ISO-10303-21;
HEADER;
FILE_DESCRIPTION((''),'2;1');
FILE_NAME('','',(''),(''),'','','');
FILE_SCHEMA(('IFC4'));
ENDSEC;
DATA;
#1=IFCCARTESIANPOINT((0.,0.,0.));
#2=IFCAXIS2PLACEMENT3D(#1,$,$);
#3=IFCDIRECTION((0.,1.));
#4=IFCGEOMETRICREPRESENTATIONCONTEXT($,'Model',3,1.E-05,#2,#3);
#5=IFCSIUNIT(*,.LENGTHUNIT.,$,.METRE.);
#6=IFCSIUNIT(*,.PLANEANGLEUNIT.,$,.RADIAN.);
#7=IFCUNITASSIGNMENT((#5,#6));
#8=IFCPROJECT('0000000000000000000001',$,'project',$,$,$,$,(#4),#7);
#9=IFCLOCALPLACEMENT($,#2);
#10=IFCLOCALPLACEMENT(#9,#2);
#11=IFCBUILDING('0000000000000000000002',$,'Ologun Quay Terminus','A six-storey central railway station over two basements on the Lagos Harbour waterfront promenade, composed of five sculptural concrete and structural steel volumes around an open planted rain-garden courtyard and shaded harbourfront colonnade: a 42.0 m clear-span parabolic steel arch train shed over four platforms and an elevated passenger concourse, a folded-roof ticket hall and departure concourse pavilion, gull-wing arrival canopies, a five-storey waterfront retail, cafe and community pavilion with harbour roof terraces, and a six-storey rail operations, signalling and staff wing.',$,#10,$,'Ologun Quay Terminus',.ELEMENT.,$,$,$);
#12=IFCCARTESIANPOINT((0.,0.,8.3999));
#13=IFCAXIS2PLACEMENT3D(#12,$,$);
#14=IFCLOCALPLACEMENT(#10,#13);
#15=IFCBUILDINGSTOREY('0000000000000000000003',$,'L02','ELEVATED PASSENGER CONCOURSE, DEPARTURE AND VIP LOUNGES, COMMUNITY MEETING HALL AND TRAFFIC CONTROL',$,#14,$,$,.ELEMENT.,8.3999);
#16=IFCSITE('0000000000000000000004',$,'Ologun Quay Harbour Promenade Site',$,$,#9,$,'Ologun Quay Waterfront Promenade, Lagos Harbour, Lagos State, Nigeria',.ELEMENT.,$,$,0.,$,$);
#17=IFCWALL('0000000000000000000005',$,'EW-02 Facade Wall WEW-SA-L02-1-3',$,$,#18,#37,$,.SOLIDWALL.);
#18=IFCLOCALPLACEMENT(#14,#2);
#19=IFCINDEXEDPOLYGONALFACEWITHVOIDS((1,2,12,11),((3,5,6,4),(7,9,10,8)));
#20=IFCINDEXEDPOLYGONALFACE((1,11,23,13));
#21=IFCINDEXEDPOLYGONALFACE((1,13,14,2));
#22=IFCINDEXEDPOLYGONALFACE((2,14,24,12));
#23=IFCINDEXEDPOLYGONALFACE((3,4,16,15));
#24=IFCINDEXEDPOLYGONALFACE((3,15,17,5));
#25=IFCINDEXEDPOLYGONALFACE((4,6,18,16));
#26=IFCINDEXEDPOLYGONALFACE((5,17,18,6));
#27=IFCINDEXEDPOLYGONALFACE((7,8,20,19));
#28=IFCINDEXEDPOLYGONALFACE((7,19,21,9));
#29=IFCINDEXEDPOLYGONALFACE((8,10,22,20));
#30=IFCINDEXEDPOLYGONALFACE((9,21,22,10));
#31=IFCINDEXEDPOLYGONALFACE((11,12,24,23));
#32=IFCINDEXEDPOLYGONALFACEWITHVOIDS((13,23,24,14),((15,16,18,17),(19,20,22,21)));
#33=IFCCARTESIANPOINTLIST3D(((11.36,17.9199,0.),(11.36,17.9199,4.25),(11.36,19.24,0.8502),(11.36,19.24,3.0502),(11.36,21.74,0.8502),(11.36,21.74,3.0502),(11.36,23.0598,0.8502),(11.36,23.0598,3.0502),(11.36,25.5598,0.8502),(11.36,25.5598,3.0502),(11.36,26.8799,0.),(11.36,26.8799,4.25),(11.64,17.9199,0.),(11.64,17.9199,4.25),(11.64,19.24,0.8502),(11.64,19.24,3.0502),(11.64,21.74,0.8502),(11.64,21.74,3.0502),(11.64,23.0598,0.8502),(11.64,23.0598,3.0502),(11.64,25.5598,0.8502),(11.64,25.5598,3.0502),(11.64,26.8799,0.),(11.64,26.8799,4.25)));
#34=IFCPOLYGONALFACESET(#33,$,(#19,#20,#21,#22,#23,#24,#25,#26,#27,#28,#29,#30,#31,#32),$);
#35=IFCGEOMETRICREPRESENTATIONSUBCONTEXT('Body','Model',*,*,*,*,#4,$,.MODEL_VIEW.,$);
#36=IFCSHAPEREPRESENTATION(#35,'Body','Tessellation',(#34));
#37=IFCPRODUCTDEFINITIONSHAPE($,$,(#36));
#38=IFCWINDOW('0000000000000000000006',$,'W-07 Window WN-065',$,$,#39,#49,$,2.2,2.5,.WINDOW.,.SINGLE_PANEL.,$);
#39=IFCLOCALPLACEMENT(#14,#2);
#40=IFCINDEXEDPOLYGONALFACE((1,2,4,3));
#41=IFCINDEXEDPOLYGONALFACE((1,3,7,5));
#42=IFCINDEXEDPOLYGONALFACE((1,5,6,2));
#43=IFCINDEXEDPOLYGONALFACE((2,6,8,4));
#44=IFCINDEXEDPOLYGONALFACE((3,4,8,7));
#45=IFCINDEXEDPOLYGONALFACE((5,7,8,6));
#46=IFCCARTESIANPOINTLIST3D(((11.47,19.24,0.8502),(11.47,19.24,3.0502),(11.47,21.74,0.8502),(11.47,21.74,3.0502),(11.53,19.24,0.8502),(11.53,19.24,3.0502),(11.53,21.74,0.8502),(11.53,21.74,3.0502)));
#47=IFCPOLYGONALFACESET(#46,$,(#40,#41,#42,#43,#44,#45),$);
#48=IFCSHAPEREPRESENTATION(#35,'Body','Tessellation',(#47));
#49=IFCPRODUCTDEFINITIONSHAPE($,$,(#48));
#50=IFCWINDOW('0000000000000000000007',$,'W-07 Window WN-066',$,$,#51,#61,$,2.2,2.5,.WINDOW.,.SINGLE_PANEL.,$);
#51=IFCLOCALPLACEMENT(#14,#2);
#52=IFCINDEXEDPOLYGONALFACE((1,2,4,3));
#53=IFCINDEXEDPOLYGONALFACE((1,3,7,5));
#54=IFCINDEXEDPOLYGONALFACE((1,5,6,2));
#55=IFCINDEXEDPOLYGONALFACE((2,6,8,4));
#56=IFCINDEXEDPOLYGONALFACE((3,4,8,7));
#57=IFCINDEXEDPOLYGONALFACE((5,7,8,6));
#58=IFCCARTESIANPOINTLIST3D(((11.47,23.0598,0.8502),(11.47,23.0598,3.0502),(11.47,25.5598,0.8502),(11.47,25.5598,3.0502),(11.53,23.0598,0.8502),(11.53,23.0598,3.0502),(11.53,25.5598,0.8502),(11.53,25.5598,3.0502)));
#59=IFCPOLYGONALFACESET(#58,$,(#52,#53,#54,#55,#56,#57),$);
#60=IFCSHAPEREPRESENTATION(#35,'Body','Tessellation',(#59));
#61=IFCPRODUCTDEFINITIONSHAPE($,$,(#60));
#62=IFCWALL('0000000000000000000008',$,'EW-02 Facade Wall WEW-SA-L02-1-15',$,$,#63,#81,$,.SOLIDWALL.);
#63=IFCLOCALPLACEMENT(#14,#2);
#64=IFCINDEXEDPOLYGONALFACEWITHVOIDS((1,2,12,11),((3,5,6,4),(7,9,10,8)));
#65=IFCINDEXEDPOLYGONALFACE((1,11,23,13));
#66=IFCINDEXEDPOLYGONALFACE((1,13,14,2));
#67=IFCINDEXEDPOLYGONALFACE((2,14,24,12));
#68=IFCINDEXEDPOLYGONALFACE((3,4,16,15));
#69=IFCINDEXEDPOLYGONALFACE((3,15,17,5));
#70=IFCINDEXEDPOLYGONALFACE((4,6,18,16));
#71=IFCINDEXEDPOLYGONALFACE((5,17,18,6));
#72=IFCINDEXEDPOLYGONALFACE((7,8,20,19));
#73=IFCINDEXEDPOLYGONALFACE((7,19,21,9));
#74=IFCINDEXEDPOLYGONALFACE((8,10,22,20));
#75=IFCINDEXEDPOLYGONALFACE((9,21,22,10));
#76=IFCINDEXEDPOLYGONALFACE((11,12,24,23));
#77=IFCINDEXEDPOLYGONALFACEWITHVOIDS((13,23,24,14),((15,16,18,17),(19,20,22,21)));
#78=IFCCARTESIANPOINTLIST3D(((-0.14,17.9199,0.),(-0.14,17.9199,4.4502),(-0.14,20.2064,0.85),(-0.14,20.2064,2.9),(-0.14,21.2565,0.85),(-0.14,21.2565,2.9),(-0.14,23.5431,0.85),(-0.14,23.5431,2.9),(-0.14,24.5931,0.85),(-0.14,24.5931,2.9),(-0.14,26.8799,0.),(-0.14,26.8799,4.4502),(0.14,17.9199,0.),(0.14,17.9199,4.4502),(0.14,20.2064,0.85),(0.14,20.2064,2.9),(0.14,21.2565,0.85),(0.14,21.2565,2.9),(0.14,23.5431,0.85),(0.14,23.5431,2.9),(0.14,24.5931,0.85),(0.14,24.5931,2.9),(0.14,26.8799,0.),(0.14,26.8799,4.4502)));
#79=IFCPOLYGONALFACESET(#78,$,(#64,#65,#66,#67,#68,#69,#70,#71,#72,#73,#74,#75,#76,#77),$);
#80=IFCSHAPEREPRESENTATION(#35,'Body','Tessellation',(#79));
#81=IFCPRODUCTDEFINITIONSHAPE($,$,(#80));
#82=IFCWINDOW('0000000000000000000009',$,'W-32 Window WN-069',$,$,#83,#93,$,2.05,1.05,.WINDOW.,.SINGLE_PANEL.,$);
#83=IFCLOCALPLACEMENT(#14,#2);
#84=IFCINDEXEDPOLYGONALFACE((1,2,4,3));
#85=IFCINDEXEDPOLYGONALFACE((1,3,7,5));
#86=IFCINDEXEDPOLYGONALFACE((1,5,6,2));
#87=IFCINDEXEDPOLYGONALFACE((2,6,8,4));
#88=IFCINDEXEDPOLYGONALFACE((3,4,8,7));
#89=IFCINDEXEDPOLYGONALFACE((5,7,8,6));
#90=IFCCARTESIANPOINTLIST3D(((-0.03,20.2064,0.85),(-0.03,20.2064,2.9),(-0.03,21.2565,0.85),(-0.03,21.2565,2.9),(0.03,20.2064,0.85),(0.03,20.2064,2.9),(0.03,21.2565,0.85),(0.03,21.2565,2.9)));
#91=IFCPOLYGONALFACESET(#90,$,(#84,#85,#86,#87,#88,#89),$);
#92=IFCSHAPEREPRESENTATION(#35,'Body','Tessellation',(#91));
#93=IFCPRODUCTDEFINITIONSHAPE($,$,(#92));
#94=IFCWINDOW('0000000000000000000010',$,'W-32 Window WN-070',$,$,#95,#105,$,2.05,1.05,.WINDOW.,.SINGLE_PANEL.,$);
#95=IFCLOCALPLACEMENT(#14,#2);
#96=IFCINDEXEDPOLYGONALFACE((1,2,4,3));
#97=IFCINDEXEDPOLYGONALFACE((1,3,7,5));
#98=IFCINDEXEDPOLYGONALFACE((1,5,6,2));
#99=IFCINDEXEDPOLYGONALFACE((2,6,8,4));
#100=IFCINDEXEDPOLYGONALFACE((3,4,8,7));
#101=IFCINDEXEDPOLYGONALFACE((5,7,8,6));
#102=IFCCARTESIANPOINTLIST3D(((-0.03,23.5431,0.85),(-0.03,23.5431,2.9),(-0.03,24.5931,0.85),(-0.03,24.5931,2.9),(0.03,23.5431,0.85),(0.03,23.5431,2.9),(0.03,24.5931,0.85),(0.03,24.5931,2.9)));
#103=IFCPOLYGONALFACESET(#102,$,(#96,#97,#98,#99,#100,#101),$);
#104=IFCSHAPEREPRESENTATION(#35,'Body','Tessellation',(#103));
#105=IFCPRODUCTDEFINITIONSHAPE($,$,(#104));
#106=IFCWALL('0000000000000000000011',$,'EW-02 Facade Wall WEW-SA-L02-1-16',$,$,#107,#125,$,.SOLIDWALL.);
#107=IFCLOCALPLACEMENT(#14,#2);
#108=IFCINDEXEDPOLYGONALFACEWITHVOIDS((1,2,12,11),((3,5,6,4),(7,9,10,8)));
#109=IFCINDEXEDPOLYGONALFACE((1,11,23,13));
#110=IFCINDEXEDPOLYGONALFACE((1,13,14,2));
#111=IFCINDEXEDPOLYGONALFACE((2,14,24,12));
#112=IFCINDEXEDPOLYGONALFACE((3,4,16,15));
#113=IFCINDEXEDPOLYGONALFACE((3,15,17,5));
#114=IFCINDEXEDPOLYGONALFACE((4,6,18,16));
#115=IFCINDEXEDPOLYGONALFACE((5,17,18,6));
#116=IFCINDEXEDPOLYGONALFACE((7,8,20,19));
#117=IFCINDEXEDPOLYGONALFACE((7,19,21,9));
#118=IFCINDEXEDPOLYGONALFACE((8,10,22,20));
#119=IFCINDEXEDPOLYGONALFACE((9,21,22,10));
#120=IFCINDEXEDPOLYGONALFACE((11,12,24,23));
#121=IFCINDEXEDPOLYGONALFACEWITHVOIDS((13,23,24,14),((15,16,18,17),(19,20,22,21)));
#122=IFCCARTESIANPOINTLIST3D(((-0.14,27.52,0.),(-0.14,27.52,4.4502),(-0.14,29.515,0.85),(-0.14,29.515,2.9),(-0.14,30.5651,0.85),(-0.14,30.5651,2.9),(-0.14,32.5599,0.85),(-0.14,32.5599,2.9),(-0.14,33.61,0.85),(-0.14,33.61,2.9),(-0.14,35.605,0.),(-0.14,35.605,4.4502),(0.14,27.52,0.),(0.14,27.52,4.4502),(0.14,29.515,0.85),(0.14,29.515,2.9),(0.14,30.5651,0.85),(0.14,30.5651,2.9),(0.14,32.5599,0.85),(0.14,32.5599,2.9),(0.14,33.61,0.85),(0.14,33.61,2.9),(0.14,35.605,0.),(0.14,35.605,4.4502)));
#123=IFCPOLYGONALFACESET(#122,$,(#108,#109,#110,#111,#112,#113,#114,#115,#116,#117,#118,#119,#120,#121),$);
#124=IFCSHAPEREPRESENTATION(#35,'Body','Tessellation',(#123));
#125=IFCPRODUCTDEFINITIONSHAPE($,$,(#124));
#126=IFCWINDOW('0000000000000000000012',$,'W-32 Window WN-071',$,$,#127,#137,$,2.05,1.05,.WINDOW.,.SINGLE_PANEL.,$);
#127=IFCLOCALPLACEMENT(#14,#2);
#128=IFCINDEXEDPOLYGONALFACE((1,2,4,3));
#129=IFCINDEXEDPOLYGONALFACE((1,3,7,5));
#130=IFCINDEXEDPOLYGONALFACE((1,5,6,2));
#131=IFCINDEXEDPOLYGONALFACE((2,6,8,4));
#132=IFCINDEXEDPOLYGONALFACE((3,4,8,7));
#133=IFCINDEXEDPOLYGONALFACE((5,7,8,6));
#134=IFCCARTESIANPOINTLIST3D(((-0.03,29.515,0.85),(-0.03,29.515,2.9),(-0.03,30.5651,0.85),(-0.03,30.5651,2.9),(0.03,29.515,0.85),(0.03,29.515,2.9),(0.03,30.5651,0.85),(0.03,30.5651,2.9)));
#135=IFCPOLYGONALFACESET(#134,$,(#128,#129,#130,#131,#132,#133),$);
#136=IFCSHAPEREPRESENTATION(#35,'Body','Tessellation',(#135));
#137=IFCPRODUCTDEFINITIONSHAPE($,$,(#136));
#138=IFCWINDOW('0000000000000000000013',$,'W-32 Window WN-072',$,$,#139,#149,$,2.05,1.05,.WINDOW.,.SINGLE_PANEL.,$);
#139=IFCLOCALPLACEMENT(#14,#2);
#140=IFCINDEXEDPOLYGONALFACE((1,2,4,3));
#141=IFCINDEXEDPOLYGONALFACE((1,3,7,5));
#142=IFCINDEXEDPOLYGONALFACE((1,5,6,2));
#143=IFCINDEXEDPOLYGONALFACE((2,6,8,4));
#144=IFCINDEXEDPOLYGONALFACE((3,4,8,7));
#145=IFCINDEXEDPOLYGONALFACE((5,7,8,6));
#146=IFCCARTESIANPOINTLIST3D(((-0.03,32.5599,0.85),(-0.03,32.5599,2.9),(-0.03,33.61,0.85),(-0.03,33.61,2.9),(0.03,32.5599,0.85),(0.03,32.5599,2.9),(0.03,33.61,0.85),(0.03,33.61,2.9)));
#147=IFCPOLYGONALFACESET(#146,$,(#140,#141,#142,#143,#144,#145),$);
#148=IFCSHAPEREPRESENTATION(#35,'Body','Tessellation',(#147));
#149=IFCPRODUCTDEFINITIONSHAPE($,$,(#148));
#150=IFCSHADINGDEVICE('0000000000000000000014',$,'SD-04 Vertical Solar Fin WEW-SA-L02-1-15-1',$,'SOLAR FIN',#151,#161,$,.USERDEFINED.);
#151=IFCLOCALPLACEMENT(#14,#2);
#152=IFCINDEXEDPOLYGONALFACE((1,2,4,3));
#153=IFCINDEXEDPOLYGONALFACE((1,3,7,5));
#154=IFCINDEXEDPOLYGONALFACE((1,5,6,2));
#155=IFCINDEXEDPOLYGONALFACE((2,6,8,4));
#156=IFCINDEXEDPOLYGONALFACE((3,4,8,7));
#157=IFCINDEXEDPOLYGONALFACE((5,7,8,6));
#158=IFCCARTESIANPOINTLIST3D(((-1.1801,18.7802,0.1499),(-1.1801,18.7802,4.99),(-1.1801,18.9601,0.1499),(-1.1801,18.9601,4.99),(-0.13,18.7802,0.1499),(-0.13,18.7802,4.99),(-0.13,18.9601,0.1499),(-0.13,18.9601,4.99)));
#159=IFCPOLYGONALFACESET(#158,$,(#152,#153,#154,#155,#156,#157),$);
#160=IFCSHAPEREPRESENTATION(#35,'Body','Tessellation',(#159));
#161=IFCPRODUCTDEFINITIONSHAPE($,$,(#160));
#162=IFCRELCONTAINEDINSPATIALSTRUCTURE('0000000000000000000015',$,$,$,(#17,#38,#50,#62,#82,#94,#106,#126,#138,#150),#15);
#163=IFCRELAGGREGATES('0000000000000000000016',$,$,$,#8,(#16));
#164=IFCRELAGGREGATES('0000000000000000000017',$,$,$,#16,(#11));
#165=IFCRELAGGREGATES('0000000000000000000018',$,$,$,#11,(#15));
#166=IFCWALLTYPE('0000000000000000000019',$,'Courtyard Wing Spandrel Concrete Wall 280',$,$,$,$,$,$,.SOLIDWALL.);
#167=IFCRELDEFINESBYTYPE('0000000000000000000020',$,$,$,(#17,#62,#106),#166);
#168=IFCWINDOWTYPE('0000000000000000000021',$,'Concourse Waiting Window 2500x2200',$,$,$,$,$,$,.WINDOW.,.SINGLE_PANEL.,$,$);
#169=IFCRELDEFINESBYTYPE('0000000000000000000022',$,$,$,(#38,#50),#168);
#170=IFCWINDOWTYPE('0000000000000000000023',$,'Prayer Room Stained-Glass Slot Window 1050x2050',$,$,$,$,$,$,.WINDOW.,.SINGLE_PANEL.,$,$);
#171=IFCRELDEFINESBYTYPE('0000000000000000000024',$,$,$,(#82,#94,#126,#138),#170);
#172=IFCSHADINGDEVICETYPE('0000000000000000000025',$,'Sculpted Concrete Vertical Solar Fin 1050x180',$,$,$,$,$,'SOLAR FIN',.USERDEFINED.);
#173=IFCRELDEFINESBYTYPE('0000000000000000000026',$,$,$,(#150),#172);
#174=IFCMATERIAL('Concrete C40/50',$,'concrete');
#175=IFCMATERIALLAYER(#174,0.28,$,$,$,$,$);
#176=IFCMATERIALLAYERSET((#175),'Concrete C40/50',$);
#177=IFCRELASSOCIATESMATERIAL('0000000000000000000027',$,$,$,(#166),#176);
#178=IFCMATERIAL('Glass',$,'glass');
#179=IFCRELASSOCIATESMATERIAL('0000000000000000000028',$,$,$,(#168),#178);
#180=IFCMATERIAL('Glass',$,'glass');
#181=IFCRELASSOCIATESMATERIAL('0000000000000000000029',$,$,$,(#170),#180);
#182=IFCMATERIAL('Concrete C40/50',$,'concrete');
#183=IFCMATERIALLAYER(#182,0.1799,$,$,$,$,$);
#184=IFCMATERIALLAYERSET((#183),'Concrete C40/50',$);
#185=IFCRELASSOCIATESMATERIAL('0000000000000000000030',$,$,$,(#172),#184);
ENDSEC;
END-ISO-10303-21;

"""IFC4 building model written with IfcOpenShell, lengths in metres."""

from ifc_helpers import new_model, si_unit, direction, frame, frame_2d, origin, origin_2d, place, context, subcontext, project, spatial, rectangle, extrude, material, layer, layer_set, type_object, element, fill, save


model = new_model("IFC4")

# Units and contexts
model_context = context("Model", 3, precision=1e-05, world=origin(), true_north=direction((0.0, 1.0)))
body_context = subcontext(model_context, "Body", "Model", "MODEL_VIEW")
ifc_project = project(units=[si_unit("LENGTHUNIT", "METRE"), si_unit("PLANEANGLEUNIT", "RADIAN")], contexts=[model_context])

# Site, building, storey
site_placement = place(None, origin())
site = spatial("IfcSite", under=ifc_project, at=site_placement, Name="Ologun Quay Harbour Promenade Site", LongName="Ologun Quay Waterfront Promenade, Lagos Harbour, Lagos State, Nigeria", CompositionType="ELEMENT", RefElevation=0.0)
building_placement = place(site_placement, origin())
building = spatial("IfcBuilding", under=site, at=building_placement, Name="Ologun Quay Terminus", Description="A six-storey central railway station over two basements on the Lagos Harbour waterfront promenade, composed of five sculptural concrete and structural steel volumes around an open planted rain-garden courtyard and shaded harbourfront colonnade: a 42.0 m clear-span parabolic steel arch train shed over four platforms and an elevated passenger concourse, a folded-roof ticket hall and departure concourse pavilion, gull-wing arrival canopies, a five-storey waterfront retail, cafe and community pavilion with harbour roof terraces, and a six-storey rail operations, signalling and staff wing.", LongName="Ologun Quay Terminus", CompositionType="ELEMENT")
storey_placement = place(building_placement, frame((0.0, 0.0, 8.3999)))
storey = spatial("IfcBuildingStorey", under=building, at=storey_placement, Name="L02", Description="ELEVATED PASSENGER CONCOURSE, DEPARTURE AND VIP LOUNGES, COMMUNITY MEETING HALL AND TRAFFIC CONTROL", CompositionType="ELEMENT", Elevation=8.3999)

# Walls, openings, windows
ifc_material_1 = material(Name="Concrete C40/50", Category="concrete")
ifc_layer_1 = layer(ifc_material_1, 0.28)
ifc_layer_set_1 = layer_set([ifc_layer_1], Name="Concrete C40/50")
wall_type = type_object("IfcWallType", Name="Courtyard Wing Spandrel Concrete Wall 280", PredefinedType="SOLIDWALL", material=ifc_layer_set_1)
wall_1_placement = place(storey_placement, frame((11.5, 17.9199, 0.0), z_axis=(0.0, 0.0, 1.0), x_axis=(0.0, 1.0, 0.0)))
wall_1 = element("IfcWall", 1, at=wall_1_placement, inside=storey, type_object=wall_type, Name="EW-02 Facade Wall WEW-SA-L02-1-3", PredefinedType="SOLIDWALL", context=body_context, shape_type="SweptSolid", body=[
    extrude(rectangle(XDim=8.96, YDim=0.28, at=frame_2d((4.48, 0.0))), origin(), (0.0, 0.0, 1.0), 4.25),
])
opening_1_placement = place(wall_1_placement, frame((1.3201, 0.0, 0.8501)))
opening_1 = element("IfcOpeningElement", 2, at=opening_1_placement, cuts=wall_1, PredefinedType="OPENING", context=body_context, shape_type="SweptSolid", body=[
    extrude(rectangle(XDim=2.5, YDim=2.2, at=frame_2d((1.25, 1.1001))), frame((0.0, 0.1499, 0.0), z_axis=(0.0, -1.0, 0.0), x_axis=(1.0, 0.0, 0.0)), (0.0, 0.0, 1.0), 0.3),
])
opening_2_placement = place(wall_1_placement, frame((5.1399, 0.0, 0.8501)))
opening_2 = element("IfcOpeningElement", 3, at=opening_2_placement, cuts=wall_1, PredefinedType="OPENING", context=body_context, shape_type="SweptSolid", body=[
    extrude(rectangle(XDim=2.5, YDim=2.2, at=frame_2d((1.25, 1.1001))), frame((0.0, 0.1499, 0.0), z_axis=(0.0, -1.0, 0.0), x_axis=(1.0, 0.0, 0.0)), (0.0, 0.0, 1.0), 0.3),
])
ifc_material_2 = material(Name="Glass", Category="glass")
window_type_1 = type_object("IfcWindowType", Name="Concourse Waiting Window 2500x2200", PartitioningType="SINGLE_PANEL", PredefinedType="WINDOW", material=ifc_material_2)
window_1_placement = place(opening_1_placement, origin())
window_1 = element("IfcWindow", 4, at=window_1_placement, inside=storey, type_object=window_type_1, Name="W-07 Window WN-065", OverallHeight=2.2, OverallWidth=2.5, PartitioningType="SINGLE_PANEL", PredefinedType="WINDOW", context=body_context, shape_type="SweptSolid", body=[
    extrude(rectangle(XDim=2.5, YDim=2.2, at=frame_2d((1.25, 1.1001))), frame((0.0, 0.03, 0.0), z_axis=(0.0, -1.0, 0.0), x_axis=(1.0, 0.0, 0.0)), (0.0, 0.0, 1.0), 0.0601),
])
fill(opening_1, window_1)
window_2_placement = place(opening_2_placement, origin())
window_2 = element("IfcWindow", 5, at=window_2_placement, inside=storey, type_object=window_type_1, Name="W-07 Window WN-066", OverallHeight=2.2, OverallWidth=2.5, PartitioningType="SINGLE_PANEL", PredefinedType="WINDOW", context=body_context, shape_type="SweptSolid", body=[
    extrude(rectangle(XDim=2.5, YDim=2.2, at=frame_2d((1.25, 1.1001))), frame((0.0, 0.03, 0.0), z_axis=(0.0, -1.0, 0.0), x_axis=(1.0, 0.0, 0.0)), (0.0, 0.0, 1.0), 0.0601),
])
fill(opening_2, window_2)
wall_2_placement = place(storey_placement, frame((0.0, 17.9199, 0.0), z_axis=(0.0, 0.0, 1.0), x_axis=(0.0, 1.0, 0.0)))
wall_2 = element("IfcWall", 6, at=wall_2_placement, inside=storey, type_object=wall_type, Name="EW-02 Facade Wall WEW-SA-L02-1-15", PredefinedType="SOLIDWALL", context=body_context, shape_type="SweptSolid", body=[
    extrude(rectangle(XDim=8.96, YDim=0.28, at=frame_2d((4.48, 0.0))), origin(), (0.0, 0.0, 1.0), 4.4502),
])
opening_3_placement = place(wall_2_placement, frame((2.2866, 0.0, 0.8501)))
opening_3 = element("IfcOpeningElement", 7, at=opening_3_placement, cuts=wall_2, PredefinedType="OPENING", context=body_context, shape_type="SweptSolid", body=[
    extrude(rectangle(XDim=1.05, YDim=2.05, at=frame_2d((0.5249, 1.0249))), frame((0.0, 0.1499, 0.0), z_axis=(0.0, -1.0, 0.0), x_axis=(1.0, 0.0, 0.0)), (0.0, 0.0, 1.0), 0.3),
])
opening_4_placement = place(wall_2_placement, frame((5.6233, 0.0, 0.8501)))
opening_4 = element("IfcOpeningElement", 8, at=opening_4_placement, cuts=wall_2, PredefinedType="OPENING", context=body_context, shape_type="SweptSolid", body=[
    extrude(rectangle(XDim=1.05, YDim=2.05, at=frame_2d((0.5249, 1.0249))), frame((0.0, 0.1499, 0.0), z_axis=(0.0, -1.0, 0.0), x_axis=(1.0, 0.0, 0.0)), (0.0, 0.0, 1.0), 0.3),
])
ifc_material_3 = material(Name="Glass", Category="glass")
window_type_2 = type_object("IfcWindowType", Name="Prayer Room Stained-Glass Slot Window 1050x2050", PartitioningType="SINGLE_PANEL", PredefinedType="WINDOW", material=ifc_material_3)
window_3_placement = place(opening_3_placement, origin())
window_3 = element("IfcWindow", 9, at=window_3_placement, inside=storey, type_object=window_type_2, Name="W-32 Window WN-069", OverallHeight=2.05, OverallWidth=1.05, PartitioningType="SINGLE_PANEL", PredefinedType="WINDOW", context=body_context, shape_type="SweptSolid", body=[
    extrude(rectangle(XDim=1.05, YDim=2.05, at=frame_2d((0.5249, 1.0249))), frame((0.0, 0.03, 0.0), z_axis=(0.0, -1.0, 0.0), x_axis=(1.0, 0.0, 0.0)), (0.0, 0.0, 1.0), 0.0601),
])
fill(opening_3, window_3)
window_4_placement = place(opening_4_placement, origin())
window_4 = element("IfcWindow", 10, at=window_4_placement, inside=storey, type_object=window_type_2, Name="W-32 Window WN-070", OverallHeight=2.05, OverallWidth=1.05, PartitioningType="SINGLE_PANEL", PredefinedType="WINDOW", context=body_context, shape_type="SweptSolid", body=[
    extrude(rectangle(XDim=1.05, YDim=2.05, at=frame_2d((0.5249, 1.0249))), frame((0.0, 0.03, 0.0), z_axis=(0.0, -1.0, 0.0), x_axis=(1.0, 0.0, 0.0)), (0.0, 0.0, 1.0), 0.0601),
])
fill(opening_4, window_4)
wall_3_placement = place(storey_placement, frame((0.0, 27.52, 0.0), z_axis=(0.0, 0.0, 1.0), x_axis=(0.0, 1.0, 0.0)))
wall_3 = element("IfcWall", 11, at=wall_3_placement, inside=storey, type_object=wall_type, Name="EW-02 Facade Wall WEW-SA-L02-1-16", PredefinedType="SOLIDWALL", context=body_context, shape_type="SweptSolid", body=[
    extrude(rectangle(XDim=8.085, YDim=0.28, at=frame_2d((4.0425, 0.0))), origin(), (0.0, 0.0, 1.0), 4.4502),
])
opening_5_placement = place(wall_3_placement, frame((1.9951, 0.0, 0.8501)))
opening_5 = element("IfcOpeningElement", 12, at=opening_5_placement, cuts=wall_3, PredefinedType="OPENING", context=body_context, shape_type="SweptSolid", body=[
    extrude(rectangle(XDim=1.05, YDim=2.05, at=frame_2d((0.5249, 1.0249))), frame((0.0, 0.1499, 0.0), z_axis=(0.0, -1.0, 0.0), x_axis=(1.0, 0.0, 0.0)), (0.0, 0.0, 1.0), 0.3),
])
opening_6_placement = place(wall_3_placement, frame((5.04, 0.0, 0.8501)))
opening_6 = element("IfcOpeningElement", 13, at=opening_6_placement, cuts=wall_3, PredefinedType="OPENING", context=body_context, shape_type="SweptSolid", body=[
    extrude(rectangle(XDim=1.05, YDim=2.05, at=frame_2d((0.5249, 1.0249))), frame((0.0, 0.1499, 0.0), z_axis=(0.0, -1.0, 0.0), x_axis=(1.0, 0.0, 0.0)), (0.0, 0.0, 1.0), 0.3),
])
window_5_placement = place(opening_5_placement, origin())
window_5 = element("IfcWindow", 14, at=window_5_placement, inside=storey, type_object=window_type_2, Name="W-32 Window WN-071", OverallHeight=2.05, OverallWidth=1.05, PartitioningType="SINGLE_PANEL", PredefinedType="WINDOW", context=body_context, shape_type="SweptSolid", body=[
    extrude(rectangle(XDim=1.05, YDim=2.05, at=frame_2d((0.5249, 1.0249))), frame((0.0, 0.03, 0.0), z_axis=(0.0, -1.0, 0.0), x_axis=(1.0, 0.0, 0.0)), (0.0, 0.0, 1.0), 0.0601),
])
fill(opening_5, window_5)
window_6_placement = place(opening_6_placement, origin())
window_6 = element("IfcWindow", 15, at=window_6_placement, inside=storey, type_object=window_type_2, Name="W-32 Window WN-072", OverallHeight=2.05, OverallWidth=1.05, PartitioningType="SINGLE_PANEL", PredefinedType="WINDOW", context=body_context, shape_type="SweptSolid", body=[
    extrude(rectangle(XDim=1.05, YDim=2.05, at=frame_2d((0.5249, 1.0249))), frame((0.0, 0.03, 0.0), z_axis=(0.0, -1.0, 0.0), x_axis=(1.0, 0.0, 0.0)), (0.0, 0.0, 1.0), 0.0601),
])
fill(opening_6, window_6)

# Shading device
ifc_material_4 = material(Name="Concrete C40/50", Category="concrete")
ifc_layer_2 = layer(ifc_material_4, 0.1799)
ifc_layer_set_2 = layer_set([ifc_layer_2], Name="Concrete C40/50")
shading_device_type = type_object("IfcShadingDeviceType", Name="Sculpted Concrete Vertical Solar Fin 1050x180", ElementType="SOLAR FIN", PredefinedType="USERDEFINED", material=ifc_layer_set_2)
for number, where, z_axis, x_axis, name in (
    (16, (-0.655, 18.8701, 0.1499), (0.0, 0.0, 1.0), (1.0, 0.0, 0.0), "SD-04 Vertical Solar Fin WEW-SA-L02-1-15-1"),
):
    element("IfcShadingDevice", number, at=place(storey_placement, frame(where, z_axis=z_axis, x_axis=x_axis)), inside=storey, type_object=shading_device_type, Name=name, ObjectType="SOLAR FIN", PredefinedType="USERDEFINED", context=body_context, shape_type="SweptSolid", body=[
        extrude(rectangle(XDim=1.05, YDim=0.1799, at=origin_2d()), origin(), (0.0, 0.0, 1.0), 4.8401),
    ])

save(model, "model.ifc")
